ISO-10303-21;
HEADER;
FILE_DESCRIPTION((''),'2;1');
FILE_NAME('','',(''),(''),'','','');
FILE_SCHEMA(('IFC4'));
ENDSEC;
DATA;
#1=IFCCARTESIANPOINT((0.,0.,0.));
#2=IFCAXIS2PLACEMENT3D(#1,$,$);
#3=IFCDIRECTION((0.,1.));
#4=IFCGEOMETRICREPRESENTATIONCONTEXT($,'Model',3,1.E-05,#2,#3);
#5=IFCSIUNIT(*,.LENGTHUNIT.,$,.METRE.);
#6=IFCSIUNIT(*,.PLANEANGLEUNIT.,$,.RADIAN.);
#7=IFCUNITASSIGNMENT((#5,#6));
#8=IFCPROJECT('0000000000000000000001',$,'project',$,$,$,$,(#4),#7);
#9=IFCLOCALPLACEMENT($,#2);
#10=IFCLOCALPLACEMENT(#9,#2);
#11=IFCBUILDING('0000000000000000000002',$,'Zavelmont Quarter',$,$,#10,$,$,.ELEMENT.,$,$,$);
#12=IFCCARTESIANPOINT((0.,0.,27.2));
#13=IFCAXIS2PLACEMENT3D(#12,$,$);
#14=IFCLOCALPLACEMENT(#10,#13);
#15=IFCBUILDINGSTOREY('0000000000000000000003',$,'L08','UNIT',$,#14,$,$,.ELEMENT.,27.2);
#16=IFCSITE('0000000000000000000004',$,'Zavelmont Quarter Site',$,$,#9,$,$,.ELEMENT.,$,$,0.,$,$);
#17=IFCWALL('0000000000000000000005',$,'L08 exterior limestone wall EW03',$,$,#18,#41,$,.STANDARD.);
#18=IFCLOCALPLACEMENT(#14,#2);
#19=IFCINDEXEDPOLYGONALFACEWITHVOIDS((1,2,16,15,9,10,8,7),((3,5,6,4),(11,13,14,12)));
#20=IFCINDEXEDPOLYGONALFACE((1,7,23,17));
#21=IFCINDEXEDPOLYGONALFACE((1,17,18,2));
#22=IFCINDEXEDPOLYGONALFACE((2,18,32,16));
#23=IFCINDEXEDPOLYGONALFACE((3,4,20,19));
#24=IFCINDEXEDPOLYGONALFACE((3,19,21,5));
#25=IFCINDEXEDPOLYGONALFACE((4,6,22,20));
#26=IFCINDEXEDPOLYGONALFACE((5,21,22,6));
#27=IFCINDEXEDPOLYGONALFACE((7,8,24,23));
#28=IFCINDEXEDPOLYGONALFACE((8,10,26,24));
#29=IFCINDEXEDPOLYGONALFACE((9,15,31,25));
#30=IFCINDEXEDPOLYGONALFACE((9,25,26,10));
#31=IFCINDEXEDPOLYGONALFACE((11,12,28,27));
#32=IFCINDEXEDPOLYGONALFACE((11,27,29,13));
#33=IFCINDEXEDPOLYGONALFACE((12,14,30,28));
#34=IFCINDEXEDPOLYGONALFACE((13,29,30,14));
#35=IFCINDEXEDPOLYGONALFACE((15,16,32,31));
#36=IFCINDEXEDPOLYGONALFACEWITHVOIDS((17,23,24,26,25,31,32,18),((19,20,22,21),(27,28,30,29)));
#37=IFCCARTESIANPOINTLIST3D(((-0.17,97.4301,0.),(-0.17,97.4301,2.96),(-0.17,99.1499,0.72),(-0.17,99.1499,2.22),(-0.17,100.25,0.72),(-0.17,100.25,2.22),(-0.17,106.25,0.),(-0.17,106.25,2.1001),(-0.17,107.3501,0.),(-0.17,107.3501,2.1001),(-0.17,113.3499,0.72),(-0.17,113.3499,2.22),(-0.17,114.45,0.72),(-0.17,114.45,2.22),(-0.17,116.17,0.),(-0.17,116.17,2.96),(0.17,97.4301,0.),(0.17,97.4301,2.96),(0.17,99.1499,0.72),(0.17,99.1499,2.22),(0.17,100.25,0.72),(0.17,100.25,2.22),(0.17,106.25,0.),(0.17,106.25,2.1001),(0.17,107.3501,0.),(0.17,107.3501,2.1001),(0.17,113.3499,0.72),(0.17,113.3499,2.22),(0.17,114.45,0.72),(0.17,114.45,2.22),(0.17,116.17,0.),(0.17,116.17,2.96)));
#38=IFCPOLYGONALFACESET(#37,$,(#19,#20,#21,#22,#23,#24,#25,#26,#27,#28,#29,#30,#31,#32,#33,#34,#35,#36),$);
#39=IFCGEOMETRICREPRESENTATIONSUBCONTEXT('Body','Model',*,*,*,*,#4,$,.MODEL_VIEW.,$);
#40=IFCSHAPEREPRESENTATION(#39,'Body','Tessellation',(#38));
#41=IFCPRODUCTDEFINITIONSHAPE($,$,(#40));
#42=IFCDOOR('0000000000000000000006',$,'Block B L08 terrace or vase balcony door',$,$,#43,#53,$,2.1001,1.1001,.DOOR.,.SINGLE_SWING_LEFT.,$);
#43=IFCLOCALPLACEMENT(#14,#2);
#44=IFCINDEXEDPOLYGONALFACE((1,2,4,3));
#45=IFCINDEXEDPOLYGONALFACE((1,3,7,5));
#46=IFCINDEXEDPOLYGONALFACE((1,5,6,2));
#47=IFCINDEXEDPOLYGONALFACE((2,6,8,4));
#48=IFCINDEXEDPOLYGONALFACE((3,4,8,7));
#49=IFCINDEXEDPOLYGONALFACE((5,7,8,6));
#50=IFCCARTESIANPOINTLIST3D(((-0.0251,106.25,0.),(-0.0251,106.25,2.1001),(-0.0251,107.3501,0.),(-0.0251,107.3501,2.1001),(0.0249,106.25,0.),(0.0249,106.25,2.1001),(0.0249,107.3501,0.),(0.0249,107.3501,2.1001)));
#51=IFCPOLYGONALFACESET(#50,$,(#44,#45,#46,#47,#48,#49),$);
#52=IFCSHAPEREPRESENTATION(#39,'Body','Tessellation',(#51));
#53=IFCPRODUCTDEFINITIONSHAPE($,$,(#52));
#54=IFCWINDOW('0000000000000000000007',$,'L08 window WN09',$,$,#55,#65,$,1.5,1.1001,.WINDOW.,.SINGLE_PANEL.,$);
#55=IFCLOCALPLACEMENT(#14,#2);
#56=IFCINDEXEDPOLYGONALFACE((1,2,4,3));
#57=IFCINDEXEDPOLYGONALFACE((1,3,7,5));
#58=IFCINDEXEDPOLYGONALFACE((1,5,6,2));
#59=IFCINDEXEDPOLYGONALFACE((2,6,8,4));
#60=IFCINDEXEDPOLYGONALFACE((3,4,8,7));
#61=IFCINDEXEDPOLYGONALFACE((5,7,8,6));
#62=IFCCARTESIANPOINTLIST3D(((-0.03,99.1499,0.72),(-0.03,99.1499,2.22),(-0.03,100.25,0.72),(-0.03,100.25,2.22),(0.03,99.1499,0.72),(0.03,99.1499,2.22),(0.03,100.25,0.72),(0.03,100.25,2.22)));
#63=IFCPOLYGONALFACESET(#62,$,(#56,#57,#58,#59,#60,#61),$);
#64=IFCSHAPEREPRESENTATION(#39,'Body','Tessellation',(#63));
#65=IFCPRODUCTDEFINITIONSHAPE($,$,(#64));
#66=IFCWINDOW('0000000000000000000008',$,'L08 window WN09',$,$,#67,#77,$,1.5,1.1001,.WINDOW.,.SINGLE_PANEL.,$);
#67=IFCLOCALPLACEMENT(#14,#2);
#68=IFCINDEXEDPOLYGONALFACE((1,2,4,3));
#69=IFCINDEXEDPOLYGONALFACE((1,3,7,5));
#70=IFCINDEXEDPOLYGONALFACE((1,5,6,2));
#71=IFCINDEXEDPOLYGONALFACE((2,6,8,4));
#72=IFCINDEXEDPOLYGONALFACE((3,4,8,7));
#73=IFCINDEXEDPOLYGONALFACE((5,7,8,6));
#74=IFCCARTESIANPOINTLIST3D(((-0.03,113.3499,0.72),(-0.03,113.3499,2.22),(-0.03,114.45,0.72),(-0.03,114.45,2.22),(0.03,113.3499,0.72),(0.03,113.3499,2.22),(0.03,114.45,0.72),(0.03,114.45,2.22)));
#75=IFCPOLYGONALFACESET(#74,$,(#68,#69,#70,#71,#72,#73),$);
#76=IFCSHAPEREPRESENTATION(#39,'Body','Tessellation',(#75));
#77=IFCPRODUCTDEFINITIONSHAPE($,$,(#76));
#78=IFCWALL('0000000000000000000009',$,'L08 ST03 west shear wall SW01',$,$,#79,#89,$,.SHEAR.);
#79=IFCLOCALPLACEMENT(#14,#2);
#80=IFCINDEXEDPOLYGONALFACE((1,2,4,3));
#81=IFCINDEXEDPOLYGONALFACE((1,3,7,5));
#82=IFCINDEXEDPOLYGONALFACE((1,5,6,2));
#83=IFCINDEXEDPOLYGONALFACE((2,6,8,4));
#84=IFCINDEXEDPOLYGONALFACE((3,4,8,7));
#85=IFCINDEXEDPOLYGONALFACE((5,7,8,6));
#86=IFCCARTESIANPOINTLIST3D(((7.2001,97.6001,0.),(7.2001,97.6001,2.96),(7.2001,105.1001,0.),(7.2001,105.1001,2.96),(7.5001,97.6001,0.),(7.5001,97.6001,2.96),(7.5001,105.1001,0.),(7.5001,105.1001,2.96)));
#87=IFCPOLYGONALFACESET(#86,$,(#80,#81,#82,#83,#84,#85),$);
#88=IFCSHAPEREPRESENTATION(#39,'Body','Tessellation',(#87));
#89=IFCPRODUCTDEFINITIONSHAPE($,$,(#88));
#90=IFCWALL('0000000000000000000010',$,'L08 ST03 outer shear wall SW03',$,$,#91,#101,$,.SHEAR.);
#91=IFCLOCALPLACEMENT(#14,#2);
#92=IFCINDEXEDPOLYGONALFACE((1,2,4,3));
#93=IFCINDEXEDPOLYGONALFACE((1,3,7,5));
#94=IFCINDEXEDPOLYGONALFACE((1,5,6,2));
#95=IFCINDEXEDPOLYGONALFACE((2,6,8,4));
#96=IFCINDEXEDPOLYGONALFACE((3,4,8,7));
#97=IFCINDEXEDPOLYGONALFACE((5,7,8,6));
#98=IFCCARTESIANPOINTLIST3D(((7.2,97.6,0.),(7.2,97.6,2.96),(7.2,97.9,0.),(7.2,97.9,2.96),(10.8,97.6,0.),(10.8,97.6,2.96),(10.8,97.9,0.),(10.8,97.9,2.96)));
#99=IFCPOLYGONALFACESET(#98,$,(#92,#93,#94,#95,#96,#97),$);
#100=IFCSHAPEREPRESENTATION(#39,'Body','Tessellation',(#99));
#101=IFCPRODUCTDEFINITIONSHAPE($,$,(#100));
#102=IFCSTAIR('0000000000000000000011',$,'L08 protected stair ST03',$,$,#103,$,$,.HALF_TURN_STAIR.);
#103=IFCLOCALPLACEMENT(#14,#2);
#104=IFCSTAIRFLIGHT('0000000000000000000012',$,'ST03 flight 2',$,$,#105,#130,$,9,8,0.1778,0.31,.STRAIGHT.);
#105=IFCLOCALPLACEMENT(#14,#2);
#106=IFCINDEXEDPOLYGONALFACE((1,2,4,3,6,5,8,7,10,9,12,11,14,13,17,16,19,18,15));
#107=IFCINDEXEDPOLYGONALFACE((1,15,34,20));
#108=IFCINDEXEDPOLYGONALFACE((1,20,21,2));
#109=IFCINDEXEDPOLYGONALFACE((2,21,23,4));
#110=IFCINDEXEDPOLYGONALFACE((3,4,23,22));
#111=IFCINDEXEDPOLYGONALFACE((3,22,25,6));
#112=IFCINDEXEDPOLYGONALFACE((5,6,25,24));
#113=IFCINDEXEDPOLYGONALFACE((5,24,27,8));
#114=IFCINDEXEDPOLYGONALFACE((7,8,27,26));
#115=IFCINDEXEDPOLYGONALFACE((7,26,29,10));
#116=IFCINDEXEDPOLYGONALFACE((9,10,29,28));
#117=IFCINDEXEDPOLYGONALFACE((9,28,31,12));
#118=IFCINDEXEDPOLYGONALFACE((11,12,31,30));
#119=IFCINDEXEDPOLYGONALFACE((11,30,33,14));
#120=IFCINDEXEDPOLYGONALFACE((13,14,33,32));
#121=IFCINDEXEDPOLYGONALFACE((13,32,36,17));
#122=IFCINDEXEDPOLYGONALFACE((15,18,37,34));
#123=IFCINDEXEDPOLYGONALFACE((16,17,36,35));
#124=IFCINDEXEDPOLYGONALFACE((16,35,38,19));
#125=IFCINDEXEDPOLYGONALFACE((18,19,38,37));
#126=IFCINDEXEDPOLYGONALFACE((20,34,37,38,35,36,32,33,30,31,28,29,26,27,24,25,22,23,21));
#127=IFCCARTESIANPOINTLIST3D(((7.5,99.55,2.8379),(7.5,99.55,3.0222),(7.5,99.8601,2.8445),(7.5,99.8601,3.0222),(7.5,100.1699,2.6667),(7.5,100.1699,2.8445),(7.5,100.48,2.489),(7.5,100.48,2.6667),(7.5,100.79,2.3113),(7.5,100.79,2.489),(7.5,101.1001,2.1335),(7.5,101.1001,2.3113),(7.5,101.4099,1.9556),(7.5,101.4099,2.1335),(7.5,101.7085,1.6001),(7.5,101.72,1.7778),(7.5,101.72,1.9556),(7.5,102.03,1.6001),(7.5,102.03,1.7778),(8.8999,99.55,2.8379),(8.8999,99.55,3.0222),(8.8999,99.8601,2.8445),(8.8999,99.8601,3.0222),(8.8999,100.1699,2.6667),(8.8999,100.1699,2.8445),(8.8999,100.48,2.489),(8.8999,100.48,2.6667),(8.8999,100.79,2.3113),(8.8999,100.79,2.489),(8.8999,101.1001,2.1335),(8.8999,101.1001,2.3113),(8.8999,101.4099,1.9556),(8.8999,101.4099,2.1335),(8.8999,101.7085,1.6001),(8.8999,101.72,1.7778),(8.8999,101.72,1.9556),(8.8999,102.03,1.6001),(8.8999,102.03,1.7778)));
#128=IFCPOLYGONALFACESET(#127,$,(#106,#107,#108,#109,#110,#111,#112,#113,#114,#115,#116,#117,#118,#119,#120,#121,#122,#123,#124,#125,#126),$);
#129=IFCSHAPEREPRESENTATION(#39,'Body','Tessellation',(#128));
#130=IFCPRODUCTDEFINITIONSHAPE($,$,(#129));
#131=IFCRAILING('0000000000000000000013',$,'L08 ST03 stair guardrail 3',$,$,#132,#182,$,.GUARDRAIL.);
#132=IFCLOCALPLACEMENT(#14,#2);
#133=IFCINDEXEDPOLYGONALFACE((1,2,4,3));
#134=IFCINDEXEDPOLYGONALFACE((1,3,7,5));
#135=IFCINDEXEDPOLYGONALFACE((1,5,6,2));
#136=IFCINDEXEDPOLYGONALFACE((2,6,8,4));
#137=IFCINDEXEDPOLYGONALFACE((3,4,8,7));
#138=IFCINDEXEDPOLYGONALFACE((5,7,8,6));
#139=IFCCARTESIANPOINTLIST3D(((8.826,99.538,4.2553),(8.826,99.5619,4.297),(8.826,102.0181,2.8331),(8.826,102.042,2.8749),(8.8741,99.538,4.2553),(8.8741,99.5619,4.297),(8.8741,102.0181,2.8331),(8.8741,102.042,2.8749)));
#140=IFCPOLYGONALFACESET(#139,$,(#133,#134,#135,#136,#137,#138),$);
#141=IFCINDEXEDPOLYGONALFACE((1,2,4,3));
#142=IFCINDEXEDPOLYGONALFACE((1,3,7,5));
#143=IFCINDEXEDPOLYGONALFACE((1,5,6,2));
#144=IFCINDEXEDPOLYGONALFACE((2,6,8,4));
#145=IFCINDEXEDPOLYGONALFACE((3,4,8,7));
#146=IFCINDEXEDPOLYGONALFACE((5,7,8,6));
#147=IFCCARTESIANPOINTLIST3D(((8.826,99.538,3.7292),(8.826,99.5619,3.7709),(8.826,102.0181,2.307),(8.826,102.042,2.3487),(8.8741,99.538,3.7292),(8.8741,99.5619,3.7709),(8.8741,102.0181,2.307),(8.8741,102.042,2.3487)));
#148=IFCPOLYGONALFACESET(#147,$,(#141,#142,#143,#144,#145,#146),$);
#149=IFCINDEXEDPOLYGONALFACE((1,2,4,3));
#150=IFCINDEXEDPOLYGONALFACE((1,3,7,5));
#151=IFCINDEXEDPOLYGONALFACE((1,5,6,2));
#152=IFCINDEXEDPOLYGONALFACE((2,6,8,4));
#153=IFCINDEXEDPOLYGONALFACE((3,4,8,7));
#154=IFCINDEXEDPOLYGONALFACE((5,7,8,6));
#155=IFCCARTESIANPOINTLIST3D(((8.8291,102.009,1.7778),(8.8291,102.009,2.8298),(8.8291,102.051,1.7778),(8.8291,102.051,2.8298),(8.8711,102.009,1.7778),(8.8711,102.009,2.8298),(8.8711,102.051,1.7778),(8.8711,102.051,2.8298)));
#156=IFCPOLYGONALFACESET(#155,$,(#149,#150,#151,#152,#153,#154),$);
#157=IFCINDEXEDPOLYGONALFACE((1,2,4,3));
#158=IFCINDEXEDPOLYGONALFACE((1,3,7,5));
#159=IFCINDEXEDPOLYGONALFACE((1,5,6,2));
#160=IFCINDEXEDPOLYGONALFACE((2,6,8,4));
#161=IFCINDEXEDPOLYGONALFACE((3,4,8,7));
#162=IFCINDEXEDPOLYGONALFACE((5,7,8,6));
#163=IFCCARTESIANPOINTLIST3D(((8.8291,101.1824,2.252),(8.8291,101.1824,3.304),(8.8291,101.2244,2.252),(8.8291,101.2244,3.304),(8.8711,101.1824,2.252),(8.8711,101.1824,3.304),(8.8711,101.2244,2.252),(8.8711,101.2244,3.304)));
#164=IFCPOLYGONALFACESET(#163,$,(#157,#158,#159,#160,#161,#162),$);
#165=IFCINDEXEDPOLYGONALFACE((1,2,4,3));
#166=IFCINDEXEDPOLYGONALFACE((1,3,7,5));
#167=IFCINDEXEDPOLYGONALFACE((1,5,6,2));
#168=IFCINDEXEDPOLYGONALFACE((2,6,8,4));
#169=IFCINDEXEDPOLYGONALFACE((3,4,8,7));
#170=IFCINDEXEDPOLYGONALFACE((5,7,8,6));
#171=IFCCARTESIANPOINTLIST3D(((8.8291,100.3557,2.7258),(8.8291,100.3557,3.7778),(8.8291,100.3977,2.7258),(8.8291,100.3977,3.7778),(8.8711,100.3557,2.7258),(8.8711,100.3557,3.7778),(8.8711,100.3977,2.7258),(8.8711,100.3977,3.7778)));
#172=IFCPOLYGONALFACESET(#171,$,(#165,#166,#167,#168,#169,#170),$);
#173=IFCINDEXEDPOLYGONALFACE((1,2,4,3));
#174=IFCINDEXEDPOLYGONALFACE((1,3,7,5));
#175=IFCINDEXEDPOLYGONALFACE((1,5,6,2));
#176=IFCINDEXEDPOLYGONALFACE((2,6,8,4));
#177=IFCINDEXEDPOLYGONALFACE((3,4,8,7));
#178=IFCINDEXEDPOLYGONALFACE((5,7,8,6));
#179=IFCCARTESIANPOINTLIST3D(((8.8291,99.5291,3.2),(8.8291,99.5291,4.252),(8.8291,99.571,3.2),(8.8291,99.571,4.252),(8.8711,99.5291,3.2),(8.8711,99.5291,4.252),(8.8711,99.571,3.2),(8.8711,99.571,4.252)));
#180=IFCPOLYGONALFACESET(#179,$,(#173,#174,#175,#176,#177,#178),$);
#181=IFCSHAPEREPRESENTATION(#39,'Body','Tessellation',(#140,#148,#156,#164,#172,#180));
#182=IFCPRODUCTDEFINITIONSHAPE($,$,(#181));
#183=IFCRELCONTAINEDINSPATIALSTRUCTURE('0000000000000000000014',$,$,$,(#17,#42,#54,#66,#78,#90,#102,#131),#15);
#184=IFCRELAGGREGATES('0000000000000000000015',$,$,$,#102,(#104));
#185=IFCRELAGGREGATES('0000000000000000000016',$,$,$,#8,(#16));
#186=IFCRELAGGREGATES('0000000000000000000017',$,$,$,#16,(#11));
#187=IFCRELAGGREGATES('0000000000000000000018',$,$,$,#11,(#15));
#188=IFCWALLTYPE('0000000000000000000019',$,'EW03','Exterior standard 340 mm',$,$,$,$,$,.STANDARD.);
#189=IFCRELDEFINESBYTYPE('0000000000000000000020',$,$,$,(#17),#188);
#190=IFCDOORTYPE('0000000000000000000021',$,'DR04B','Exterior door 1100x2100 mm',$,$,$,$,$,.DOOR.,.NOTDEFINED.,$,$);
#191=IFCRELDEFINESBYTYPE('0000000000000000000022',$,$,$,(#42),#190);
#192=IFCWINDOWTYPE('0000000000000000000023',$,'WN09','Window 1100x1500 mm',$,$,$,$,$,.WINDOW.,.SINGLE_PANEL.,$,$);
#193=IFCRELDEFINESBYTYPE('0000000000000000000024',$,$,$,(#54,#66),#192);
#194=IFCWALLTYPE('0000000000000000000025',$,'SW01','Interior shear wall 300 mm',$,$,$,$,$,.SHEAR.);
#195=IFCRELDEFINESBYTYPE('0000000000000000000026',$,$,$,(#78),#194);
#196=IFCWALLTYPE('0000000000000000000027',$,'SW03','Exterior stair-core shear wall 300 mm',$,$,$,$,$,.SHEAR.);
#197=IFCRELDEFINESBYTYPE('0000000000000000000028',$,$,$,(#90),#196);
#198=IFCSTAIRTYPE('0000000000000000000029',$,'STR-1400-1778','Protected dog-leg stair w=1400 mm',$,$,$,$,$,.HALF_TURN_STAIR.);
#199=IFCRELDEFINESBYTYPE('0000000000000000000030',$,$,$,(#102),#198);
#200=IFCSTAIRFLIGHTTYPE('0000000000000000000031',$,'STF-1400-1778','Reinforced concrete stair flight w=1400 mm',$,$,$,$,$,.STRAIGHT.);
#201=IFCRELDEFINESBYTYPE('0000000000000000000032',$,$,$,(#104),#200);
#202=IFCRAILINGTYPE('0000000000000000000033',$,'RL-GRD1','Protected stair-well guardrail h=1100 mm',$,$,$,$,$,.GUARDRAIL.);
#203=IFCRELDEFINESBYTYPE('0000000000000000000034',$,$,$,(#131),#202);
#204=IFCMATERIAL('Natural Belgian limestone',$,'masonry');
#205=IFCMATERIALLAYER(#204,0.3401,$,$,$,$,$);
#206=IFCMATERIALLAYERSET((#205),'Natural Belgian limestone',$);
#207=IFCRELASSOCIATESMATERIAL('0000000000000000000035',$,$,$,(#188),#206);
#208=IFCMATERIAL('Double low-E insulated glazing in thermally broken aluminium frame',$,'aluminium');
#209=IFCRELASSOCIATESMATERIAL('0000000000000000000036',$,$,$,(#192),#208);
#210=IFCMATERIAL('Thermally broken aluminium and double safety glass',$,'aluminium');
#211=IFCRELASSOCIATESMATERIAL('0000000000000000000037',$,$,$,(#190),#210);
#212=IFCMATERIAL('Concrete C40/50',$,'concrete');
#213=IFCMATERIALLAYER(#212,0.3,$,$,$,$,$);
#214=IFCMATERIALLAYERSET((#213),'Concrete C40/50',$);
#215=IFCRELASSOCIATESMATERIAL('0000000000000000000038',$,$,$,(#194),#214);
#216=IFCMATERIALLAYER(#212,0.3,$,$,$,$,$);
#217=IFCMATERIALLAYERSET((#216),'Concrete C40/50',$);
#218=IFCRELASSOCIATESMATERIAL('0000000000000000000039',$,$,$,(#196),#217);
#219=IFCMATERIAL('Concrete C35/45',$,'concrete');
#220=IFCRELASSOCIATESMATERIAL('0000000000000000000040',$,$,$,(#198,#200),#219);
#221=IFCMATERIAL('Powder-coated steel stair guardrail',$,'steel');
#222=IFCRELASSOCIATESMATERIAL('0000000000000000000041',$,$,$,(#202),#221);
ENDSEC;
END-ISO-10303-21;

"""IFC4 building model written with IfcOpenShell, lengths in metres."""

from ifc_helpers import new_model, si_unit, direction, frame, frame_2d, origin, origin_with_axes, origin_2d, place, context, subcontext, project, spatial, polyline, rectangle, outline, extrude, material, layer, layer_set, type_object, element, fill, aggregate, save


model = new_model("IFC4")

# Units and contexts
model_context = context("Model", 3, precision=1e-05, world=origin(), true_north=direction((0.0, 1.0)))
body_context = subcontext(model_context, "Body", "Model", "MODEL_VIEW")
ifc_project = project(units=[si_unit("LENGTHUNIT", "METRE"), si_unit("PLANEANGLEUNIT", "RADIAN")], contexts=[model_context])

# Site, building, storey
site_placement = place(None, origin())
site = spatial("IfcSite", under=ifc_project, at=site_placement, Name="Zavelmont Quarter Site", CompositionType="ELEMENT", RefElevation=0.0)
building_placement = place(site_placement, origin())
building = spatial("IfcBuilding", under=site, at=building_placement, Name="Zavelmont Quarter", CompositionType="ELEMENT")
storey_placement = place(building_placement, frame((0.0, 0.0, 27.2)))
storey = spatial("IfcBuildingStorey", under=building, at=storey_placement, Name="L08", Description="UNIT", CompositionType="ELEMENT", Elevation=27.2)

# Shared definitions
ifc_material_1 = material(Name="Concrete C35/45", Category="concrete")

# Shared definitions
ifc_material_2 = material(Name="Concrete C40/50", Category="concrete")

# Shared definitions
ifc_material_3 = material(Name="Natural Belgian limestone", Category="masonry")
ifc_layer_1 = layer(ifc_material_3, 0.3401)
ifc_layer_set_1 = layer_set([ifc_layer_1], Name="Natural Belgian limestone")
wall_type_1 = type_object("IfcWallType", Name="EW03", Description="Exterior standard 340 mm", PredefinedType="STANDARD", material=ifc_layer_set_1)
ifc_material_4 = material(Name="Double low-E insulated glazing in thermally broken aluminium frame", Category="aluminium")
window_type_1 = type_object("IfcWindowType", Name="WN09", Description="Window 1100x1500 mm", PartitioningType="SINGLE_PANEL", PredefinedType="WINDOW", material=ifc_material_4)

# Wall, openings, door, windows
wall_1_placement = place(storey_placement, frame((0.0, 97.4299, 0.0), z_axis=(0.0, 0.0, 1.0), x_axis=(0.0, 1.0, 0.0)))
wall_1 = element("IfcWall", 1, at=wall_1_placement, inside=storey, type_object=wall_type_1, Name="L08 exterior limestone wall EW03", PredefinedType="STANDARD", context=body_context, shape_type="SweptSolid", body=[
    extrude(rectangle(XDim=18.74, YDim=0.3401, at=frame_2d((9.3701, 0.0))), origin(), (0.0, 0.0, 1.0), 2.96),
])
opening_1_placement = place(wall_1_placement, frame((8.8201, 0.0, 0.0)))
opening_1 = element("IfcOpeningElement", 2, at=opening_1_placement, cuts=wall_1, PredefinedType="OPENING", context=body_context, shape_type="SweptSolid", body=[
    extrude(rectangle(XDim=1.1001, YDim=2.1001, at=frame_2d((0.55, 1.05))), frame((0.0, 0.1821, 0.0), z_axis=(0.0, -1.0, 0.0), x_axis=(1.0, 0.0, 0.0)), (0.0, 0.0, 1.0), 0.364),
])
opening_2_placement = place(wall_1_placement, frame((1.72, 0.0, 0.72)))
opening_2 = element("IfcOpeningElement", 3, at=opening_2_placement, cuts=wall_1, PredefinedType="OPENING", context=body_context, shape_type="SweptSolid", body=[
    extrude(rectangle(XDim=1.1001, YDim=1.5, at=frame_2d((0.55, 0.75))), frame((0.0, 0.1821, 0.0), z_axis=(0.0, -1.0, 0.0), x_axis=(1.0, 0.0, 0.0)), (0.0, 0.0, 1.0), 0.364),
])
opening_3_placement = place(wall_1_placement, frame((15.9199, 0.0, 0.72)))
opening_3 = element("IfcOpeningElement", 4, at=opening_3_placement, cuts=wall_1, PredefinedType="OPENING", context=body_context, shape_type="SweptSolid", body=[
    extrude(rectangle(XDim=1.1001, YDim=1.5, at=frame_2d((0.55, 0.75))), frame((0.0, 0.1821, 0.0), z_axis=(0.0, -1.0, 0.0), x_axis=(1.0, 0.0, 0.0)), (0.0, 0.0, 1.0), 0.364),
])
ifc_material_5 = material(Name="Thermally broken aluminium and double safety glass", Category="aluminium")
door_type = type_object("IfcDoorType", Name="DR04B", Description="Exterior door 1100x2100 mm", OperationType="NOTDEFINED", PredefinedType="DOOR", material=ifc_material_5)
door_placement = place(opening_1_placement, frame((1.1001, 0.0, 0.0), z_axis=(0.0, 0.0, 1.0), x_axis=(-1.0, 0.0, 0.0)))
door = element("IfcDoor", 5, at=door_placement, inside=storey, type_object=door_type, Name="Block B L08 terrace or vase balcony door", OperationType="SINGLE_SWING_LEFT", OverallHeight=2.1001, OverallWidth=1.1001, PredefinedType="DOOR", context=body_context, shape_type="SweptSolid", body=[
    extrude(rectangle(XDim=1.1001, YDim=2.1001, at=frame_2d((0.55, 1.05))), frame((0.0, 0.0249, 0.0), z_axis=(0.0, -1.0, 0.0), x_axis=(1.0, 0.0, 0.0)), (0.0, 0.0, 1.0), 0.05),
])
fill(opening_1, door)
window_1_placement = place(opening_2_placement, origin_with_axes())
window_1 = element("IfcWindow", 6, at=window_1_placement, inside=storey, type_object=window_type_1, Name="L08 window WN09", OverallHeight=1.5, OverallWidth=1.1001, PartitioningType="SINGLE_PANEL", PredefinedType="WINDOW", context=body_context, shape_type="SweptSolid", body=[
    extrude(rectangle(XDim=1.1001, YDim=1.5, at=frame_2d((0.55, 0.75))), frame((0.0, 0.03, 0.0), z_axis=(0.0, -1.0, 0.0), x_axis=(1.0, 0.0, 0.0)), (0.0, 0.0, 1.0), 0.0601),
])
fill(opening_2, window_1)
window_2_placement = place(opening_3_placement, origin_with_axes())
window_2 = element("IfcWindow", 7, at=window_2_placement, inside=storey, type_object=window_type_1, Name="L08 window WN09", OverallHeight=1.5, OverallWidth=1.1001, PartitioningType="SINGLE_PANEL", PredefinedType="WINDOW", context=body_context, shape_type="SweptSolid", body=[
    extrude(rectangle(XDim=1.1001, YDim=1.5, at=frame_2d((0.55, 0.75))), frame((0.0, 0.03, 0.0), z_axis=(0.0, -1.0, 0.0), x_axis=(1.0, 0.0, 0.0)), (0.0, 0.0, 1.0), 0.0601),
])
fill(opening_3, window_2)

# Walls
ifc_layer_2 = layer(ifc_material_2, 0.3)
ifc_layer_set_2 = layer_set([ifc_layer_2], Name="Concrete C40/50")
wall_type_2 = type_object("IfcWallType", Name="SW01", Description="Interior shear wall 300 mm", PredefinedType="SHEAR", material=ifc_layer_set_2)
wall_2_placement = place(storey_placement, frame((7.3501, 97.6001, 0.0), z_axis=(0.0, 0.0, 1.0), x_axis=(0.0, 1.0, 0.0)))
element("IfcWall", 8, at=wall_2_placement, inside=storey, type_object=wall_type_2, Name="L08 ST03 west shear wall SW01", PredefinedType="SHEAR", context=body_context, shape_type="SweptSolid", body=[
    extrude(rectangle(XDim=7.5, YDim=0.3, at=frame_2d((3.75, 0.0))), origin(), (0.0, 0.0, 1.0), 2.96),
])
ifc_layer_3 = layer(ifc_material_2, 0.3)
ifc_layer_set_3 = layer_set([ifc_layer_3], Name="Concrete C40/50")
wall_type_3 = type_object("IfcWallType", Name="SW03", Description="Exterior stair-core shear wall 300 mm", PredefinedType="SHEAR", material=ifc_layer_set_3)
wall_3_placement = place(storey_placement, frame((7.2, 97.75, 0.0), z_axis=(0.0, 0.0, 1.0), x_axis=(1.0, 0.0, 0.0)))
element("IfcWall", 9, at=wall_3_placement, inside=storey, type_object=wall_type_3, Name="L08 ST03 outer shear wall SW03", PredefinedType="SHEAR", context=body_context, shape_type="SweptSolid", body=[
    extrude(rectangle(XDim=3.6001, YDim=0.3, at=frame_2d((1.8, 0.0))), origin(), (0.0, 0.0, 1.0), 2.96),
])

# Stair, stair flight
stair_type = type_object("IfcStairType", Name="STR-1400-1778", Description="Protected dog-leg stair w=1400 mm", PredefinedType="HALF_TURN_STAIR", material=ifc_material_1)
stair_placement = place(storey_placement, origin())
stair = element("IfcStair", 10, at=stair_placement, inside=storey, type_object=stair_type, Name="L08 protected stair ST03", PredefinedType="HALF_TURN_STAIR")
stair_flight_type = type_object("IfcStairFlightType", Name="STF-1400-1778", Description="Reinforced concrete stair flight w=1400 mm", PredefinedType="STRAIGHT", material=ifc_material_1)
stair_flight_placement = place(storey_placement, frame((8.2, 102.03, 1.6001), z_axis=(0.0, 0.0, 1.0), x_axis=(0.0, -1.0, 0.0)))
stair_flight = element("IfcStairFlight", 11, at=stair_flight_placement, type_object=stair_flight_type, Name="ST03 flight 2", NumberOfRisers=9, NumberOfTreads=8, PredefinedType="STRAIGHT", RiserHeight=0.1778, TreadLength=0.31, context=body_context, shape_type="SweptSolid", body=[
    extrude(outline(polyline([(0.0, 0.0), (0.0, 0.1777), (0.3101, 0.1777), (0.3101, 0.3555), (0.6201, 0.3555), (0.6201, 0.5334), (0.9299, 0.5334), (0.9299, 0.7112), (1.24, 0.7112), (1.24, 0.8889), (1.55, 0.8889), (1.55, 1.0667), (1.8601, 1.0667), (1.8601, 1.2444), (2.1699, 1.2444), (2.1699, 1.4221), (2.48, 1.4221), (2.48, 1.6001), (2.48, 1.2378), (0.3215, 0.0), (0.0, 0.0)])), frame((0.0, 0.7, 0.0), z_axis=(0.0, -1.0, 0.0), x_axis=(1.0, 0.0, 0.0)), (0.0, 0.0, 1.0), 1.3999),
])
aggregate(stair, [stair_flight])

# Railing
ifc_material_6 = material(Name="Powder-coated steel stair guardrail", Category="steel")
railing_type_1 = type_object("IfcRailingType", Name="RL-GRD1", Description="Protected stair-well guardrail h=1100 mm", PredefinedType="GUARDRAIL", material=ifc_material_6)
railing_1_placement = place(storey_placement, frame((8.8501, 102.03, 1.7778)))
element("IfcRailing", 12, at=railing_1_placement, inside=storey, type_object=railing_type_1, Name="L08 ST03 stair guardrail 3", PredefinedType="GUARDRAIL", context=body_context, shape_type="SweptSolid", body=[
    extrude(rectangle(XDim=0.0481, YDim=0.0481, at=origin_2d()), frame((0.0, 0.0, 1.0762), z_axis=(0.0, -0.867491, 0.497454), x_axis=(1.0, 0.0, 0.0)), (0.0, 0.0, 1.0), 2.8589),
    extrude(rectangle(XDim=0.0481, YDim=0.0481, at=origin_2d()), frame((0.0, 0.0, 0.55), z_axis=(0.0, -0.867491, 0.497454), x_axis=(1.0, 0.0, 0.0)), (0.0, 0.0, 1.0), 2.8589),
    extrude(rectangle(XDim=0.042, YDim=0.042, at=origin_2d()), origin(), (0.0, 0.0, 1.0), 1.052),
    extrude(rectangle(XDim=0.042, YDim=0.042, at=origin_2d()), frame((0.0, -0.8267, 0.4741)), (0.0, 0.0, 1.0), 1.052),
    extrude(rectangle(XDim=0.042, YDim=0.042, at=origin_2d()), frame((0.0, -1.6533, 0.948)), (0.0, 0.0, 1.0), 1.052),
    extrude(rectangle(XDim=0.042, YDim=0.042, at=origin_2d()), frame((0.0, -2.48, 1.4221)), (0.0, 0.0, 1.0), 1.052),
])

save(model, "model.ifc")
